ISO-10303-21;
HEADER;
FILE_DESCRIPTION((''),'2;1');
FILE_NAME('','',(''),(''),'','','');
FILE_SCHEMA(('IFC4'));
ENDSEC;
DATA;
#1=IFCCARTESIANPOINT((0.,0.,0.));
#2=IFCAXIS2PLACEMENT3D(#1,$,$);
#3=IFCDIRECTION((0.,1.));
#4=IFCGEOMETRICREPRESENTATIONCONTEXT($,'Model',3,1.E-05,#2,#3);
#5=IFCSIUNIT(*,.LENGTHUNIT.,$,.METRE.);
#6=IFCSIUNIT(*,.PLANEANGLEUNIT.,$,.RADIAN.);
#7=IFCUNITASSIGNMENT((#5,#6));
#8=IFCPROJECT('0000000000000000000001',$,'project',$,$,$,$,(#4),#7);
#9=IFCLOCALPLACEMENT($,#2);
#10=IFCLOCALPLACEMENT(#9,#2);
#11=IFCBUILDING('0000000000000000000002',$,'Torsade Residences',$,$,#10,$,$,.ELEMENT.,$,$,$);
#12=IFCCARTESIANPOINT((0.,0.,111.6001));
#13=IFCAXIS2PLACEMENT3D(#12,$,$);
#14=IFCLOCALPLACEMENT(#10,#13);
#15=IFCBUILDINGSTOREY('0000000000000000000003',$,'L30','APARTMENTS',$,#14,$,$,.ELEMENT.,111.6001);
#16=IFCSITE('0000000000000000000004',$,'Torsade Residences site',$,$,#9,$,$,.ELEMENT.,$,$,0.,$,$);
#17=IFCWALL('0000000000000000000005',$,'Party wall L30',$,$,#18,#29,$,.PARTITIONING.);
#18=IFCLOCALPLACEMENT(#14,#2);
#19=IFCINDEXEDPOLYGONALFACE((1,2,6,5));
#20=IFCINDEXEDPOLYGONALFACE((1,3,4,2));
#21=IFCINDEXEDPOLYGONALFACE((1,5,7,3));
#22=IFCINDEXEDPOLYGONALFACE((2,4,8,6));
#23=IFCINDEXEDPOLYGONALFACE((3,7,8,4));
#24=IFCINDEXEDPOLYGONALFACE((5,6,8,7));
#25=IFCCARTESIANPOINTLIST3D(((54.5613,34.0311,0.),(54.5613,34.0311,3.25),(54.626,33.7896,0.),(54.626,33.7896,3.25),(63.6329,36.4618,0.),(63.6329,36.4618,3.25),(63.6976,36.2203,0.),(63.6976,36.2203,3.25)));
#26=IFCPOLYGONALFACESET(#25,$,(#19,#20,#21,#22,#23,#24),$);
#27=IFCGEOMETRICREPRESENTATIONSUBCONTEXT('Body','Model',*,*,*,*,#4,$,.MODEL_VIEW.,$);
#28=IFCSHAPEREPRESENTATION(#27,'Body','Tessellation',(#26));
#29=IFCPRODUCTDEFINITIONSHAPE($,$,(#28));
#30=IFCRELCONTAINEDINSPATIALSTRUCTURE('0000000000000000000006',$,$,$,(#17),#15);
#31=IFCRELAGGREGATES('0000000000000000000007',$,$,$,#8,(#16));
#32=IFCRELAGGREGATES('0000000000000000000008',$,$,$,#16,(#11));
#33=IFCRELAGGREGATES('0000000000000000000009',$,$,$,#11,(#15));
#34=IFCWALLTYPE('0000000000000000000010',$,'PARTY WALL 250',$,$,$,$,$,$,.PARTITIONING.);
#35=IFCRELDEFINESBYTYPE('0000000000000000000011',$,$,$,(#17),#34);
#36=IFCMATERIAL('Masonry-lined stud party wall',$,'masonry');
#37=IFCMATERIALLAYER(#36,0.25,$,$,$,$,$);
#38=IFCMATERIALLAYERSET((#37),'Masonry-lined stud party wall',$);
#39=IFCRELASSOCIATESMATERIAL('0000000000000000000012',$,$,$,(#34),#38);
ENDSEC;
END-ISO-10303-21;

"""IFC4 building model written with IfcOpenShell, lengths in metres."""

from ifc_helpers import new_model, si_unit, direction, frame, frame_2d, origin, place, context, subcontext, project, spatial, rectangle, extrude, material, layer, layer_set, type_object, element, save


model = new_model("IFC4")

# Units and contexts
model_context = context("Model", 3, precision=1e-05, world=origin(), true_north=direction((0.0, 1.0)))
body_context = subcontext(model_context, "Body", "Model", "MODEL_VIEW")
ifc_project = project(units=[si_unit("LENGTHUNIT", "METRE"), si_unit("PLANEANGLEUNIT", "RADIAN")], contexts=[model_context])

# Site, building, storey
site_placement = place(None, origin())
site = spatial("IfcSite", under=ifc_project, at=site_placement, Name="Torsade Residences site", CompositionType="ELEMENT", RefElevation=0.0)
building_placement = place(site_placement, origin())
building = spatial("IfcBuilding", under=site, at=building_placement, Name="Torsade Residences", CompositionType="ELEMENT")
storey_placement = place(building_placement, frame((0.0, 0.0, 111.6001)))
storey = spatial("IfcBuildingStorey", under=building, at=storey_placement, Name="L30", Description="APARTMENTS", CompositionType="ELEMENT", Elevation=111.6001)

# Wall
ifc_material_1 = material(Name="Masonry-lined stud party wall", Category="masonry")
ifc_layer_1 = layer(ifc_material_1, 0.25)
ifc_layer_set_1 = layer_set([ifc_layer_1], Name="Masonry-lined stud party wall")
wall_type_1 = type_object("IfcWallType", Name="PARTY WALL 250", PredefinedType="PARTITIONING", material=ifc_layer_set_1)
wall_1_placement = place(storey_placement, frame((63.6653, 36.3411, 0.0), z_axis=(0.0, 0.0, 1.0), x_axis=(-0.965927, -0.258814, 0.0)))
element("IfcWall", 1, at=wall_1_placement, inside=storey, type_object=wall_type_1, Name="Party wall L30", PredefinedType="PARTITIONING", context=body_context, shape_type="SweptSolid", body=[
    extrude(rectangle(XDim=9.3916, YDim=0.25, at=frame_2d((4.6958, 0.0))), origin(), (0.0, 0.0, 1.0), 3.25),
])

save(model, "model.ifc")
